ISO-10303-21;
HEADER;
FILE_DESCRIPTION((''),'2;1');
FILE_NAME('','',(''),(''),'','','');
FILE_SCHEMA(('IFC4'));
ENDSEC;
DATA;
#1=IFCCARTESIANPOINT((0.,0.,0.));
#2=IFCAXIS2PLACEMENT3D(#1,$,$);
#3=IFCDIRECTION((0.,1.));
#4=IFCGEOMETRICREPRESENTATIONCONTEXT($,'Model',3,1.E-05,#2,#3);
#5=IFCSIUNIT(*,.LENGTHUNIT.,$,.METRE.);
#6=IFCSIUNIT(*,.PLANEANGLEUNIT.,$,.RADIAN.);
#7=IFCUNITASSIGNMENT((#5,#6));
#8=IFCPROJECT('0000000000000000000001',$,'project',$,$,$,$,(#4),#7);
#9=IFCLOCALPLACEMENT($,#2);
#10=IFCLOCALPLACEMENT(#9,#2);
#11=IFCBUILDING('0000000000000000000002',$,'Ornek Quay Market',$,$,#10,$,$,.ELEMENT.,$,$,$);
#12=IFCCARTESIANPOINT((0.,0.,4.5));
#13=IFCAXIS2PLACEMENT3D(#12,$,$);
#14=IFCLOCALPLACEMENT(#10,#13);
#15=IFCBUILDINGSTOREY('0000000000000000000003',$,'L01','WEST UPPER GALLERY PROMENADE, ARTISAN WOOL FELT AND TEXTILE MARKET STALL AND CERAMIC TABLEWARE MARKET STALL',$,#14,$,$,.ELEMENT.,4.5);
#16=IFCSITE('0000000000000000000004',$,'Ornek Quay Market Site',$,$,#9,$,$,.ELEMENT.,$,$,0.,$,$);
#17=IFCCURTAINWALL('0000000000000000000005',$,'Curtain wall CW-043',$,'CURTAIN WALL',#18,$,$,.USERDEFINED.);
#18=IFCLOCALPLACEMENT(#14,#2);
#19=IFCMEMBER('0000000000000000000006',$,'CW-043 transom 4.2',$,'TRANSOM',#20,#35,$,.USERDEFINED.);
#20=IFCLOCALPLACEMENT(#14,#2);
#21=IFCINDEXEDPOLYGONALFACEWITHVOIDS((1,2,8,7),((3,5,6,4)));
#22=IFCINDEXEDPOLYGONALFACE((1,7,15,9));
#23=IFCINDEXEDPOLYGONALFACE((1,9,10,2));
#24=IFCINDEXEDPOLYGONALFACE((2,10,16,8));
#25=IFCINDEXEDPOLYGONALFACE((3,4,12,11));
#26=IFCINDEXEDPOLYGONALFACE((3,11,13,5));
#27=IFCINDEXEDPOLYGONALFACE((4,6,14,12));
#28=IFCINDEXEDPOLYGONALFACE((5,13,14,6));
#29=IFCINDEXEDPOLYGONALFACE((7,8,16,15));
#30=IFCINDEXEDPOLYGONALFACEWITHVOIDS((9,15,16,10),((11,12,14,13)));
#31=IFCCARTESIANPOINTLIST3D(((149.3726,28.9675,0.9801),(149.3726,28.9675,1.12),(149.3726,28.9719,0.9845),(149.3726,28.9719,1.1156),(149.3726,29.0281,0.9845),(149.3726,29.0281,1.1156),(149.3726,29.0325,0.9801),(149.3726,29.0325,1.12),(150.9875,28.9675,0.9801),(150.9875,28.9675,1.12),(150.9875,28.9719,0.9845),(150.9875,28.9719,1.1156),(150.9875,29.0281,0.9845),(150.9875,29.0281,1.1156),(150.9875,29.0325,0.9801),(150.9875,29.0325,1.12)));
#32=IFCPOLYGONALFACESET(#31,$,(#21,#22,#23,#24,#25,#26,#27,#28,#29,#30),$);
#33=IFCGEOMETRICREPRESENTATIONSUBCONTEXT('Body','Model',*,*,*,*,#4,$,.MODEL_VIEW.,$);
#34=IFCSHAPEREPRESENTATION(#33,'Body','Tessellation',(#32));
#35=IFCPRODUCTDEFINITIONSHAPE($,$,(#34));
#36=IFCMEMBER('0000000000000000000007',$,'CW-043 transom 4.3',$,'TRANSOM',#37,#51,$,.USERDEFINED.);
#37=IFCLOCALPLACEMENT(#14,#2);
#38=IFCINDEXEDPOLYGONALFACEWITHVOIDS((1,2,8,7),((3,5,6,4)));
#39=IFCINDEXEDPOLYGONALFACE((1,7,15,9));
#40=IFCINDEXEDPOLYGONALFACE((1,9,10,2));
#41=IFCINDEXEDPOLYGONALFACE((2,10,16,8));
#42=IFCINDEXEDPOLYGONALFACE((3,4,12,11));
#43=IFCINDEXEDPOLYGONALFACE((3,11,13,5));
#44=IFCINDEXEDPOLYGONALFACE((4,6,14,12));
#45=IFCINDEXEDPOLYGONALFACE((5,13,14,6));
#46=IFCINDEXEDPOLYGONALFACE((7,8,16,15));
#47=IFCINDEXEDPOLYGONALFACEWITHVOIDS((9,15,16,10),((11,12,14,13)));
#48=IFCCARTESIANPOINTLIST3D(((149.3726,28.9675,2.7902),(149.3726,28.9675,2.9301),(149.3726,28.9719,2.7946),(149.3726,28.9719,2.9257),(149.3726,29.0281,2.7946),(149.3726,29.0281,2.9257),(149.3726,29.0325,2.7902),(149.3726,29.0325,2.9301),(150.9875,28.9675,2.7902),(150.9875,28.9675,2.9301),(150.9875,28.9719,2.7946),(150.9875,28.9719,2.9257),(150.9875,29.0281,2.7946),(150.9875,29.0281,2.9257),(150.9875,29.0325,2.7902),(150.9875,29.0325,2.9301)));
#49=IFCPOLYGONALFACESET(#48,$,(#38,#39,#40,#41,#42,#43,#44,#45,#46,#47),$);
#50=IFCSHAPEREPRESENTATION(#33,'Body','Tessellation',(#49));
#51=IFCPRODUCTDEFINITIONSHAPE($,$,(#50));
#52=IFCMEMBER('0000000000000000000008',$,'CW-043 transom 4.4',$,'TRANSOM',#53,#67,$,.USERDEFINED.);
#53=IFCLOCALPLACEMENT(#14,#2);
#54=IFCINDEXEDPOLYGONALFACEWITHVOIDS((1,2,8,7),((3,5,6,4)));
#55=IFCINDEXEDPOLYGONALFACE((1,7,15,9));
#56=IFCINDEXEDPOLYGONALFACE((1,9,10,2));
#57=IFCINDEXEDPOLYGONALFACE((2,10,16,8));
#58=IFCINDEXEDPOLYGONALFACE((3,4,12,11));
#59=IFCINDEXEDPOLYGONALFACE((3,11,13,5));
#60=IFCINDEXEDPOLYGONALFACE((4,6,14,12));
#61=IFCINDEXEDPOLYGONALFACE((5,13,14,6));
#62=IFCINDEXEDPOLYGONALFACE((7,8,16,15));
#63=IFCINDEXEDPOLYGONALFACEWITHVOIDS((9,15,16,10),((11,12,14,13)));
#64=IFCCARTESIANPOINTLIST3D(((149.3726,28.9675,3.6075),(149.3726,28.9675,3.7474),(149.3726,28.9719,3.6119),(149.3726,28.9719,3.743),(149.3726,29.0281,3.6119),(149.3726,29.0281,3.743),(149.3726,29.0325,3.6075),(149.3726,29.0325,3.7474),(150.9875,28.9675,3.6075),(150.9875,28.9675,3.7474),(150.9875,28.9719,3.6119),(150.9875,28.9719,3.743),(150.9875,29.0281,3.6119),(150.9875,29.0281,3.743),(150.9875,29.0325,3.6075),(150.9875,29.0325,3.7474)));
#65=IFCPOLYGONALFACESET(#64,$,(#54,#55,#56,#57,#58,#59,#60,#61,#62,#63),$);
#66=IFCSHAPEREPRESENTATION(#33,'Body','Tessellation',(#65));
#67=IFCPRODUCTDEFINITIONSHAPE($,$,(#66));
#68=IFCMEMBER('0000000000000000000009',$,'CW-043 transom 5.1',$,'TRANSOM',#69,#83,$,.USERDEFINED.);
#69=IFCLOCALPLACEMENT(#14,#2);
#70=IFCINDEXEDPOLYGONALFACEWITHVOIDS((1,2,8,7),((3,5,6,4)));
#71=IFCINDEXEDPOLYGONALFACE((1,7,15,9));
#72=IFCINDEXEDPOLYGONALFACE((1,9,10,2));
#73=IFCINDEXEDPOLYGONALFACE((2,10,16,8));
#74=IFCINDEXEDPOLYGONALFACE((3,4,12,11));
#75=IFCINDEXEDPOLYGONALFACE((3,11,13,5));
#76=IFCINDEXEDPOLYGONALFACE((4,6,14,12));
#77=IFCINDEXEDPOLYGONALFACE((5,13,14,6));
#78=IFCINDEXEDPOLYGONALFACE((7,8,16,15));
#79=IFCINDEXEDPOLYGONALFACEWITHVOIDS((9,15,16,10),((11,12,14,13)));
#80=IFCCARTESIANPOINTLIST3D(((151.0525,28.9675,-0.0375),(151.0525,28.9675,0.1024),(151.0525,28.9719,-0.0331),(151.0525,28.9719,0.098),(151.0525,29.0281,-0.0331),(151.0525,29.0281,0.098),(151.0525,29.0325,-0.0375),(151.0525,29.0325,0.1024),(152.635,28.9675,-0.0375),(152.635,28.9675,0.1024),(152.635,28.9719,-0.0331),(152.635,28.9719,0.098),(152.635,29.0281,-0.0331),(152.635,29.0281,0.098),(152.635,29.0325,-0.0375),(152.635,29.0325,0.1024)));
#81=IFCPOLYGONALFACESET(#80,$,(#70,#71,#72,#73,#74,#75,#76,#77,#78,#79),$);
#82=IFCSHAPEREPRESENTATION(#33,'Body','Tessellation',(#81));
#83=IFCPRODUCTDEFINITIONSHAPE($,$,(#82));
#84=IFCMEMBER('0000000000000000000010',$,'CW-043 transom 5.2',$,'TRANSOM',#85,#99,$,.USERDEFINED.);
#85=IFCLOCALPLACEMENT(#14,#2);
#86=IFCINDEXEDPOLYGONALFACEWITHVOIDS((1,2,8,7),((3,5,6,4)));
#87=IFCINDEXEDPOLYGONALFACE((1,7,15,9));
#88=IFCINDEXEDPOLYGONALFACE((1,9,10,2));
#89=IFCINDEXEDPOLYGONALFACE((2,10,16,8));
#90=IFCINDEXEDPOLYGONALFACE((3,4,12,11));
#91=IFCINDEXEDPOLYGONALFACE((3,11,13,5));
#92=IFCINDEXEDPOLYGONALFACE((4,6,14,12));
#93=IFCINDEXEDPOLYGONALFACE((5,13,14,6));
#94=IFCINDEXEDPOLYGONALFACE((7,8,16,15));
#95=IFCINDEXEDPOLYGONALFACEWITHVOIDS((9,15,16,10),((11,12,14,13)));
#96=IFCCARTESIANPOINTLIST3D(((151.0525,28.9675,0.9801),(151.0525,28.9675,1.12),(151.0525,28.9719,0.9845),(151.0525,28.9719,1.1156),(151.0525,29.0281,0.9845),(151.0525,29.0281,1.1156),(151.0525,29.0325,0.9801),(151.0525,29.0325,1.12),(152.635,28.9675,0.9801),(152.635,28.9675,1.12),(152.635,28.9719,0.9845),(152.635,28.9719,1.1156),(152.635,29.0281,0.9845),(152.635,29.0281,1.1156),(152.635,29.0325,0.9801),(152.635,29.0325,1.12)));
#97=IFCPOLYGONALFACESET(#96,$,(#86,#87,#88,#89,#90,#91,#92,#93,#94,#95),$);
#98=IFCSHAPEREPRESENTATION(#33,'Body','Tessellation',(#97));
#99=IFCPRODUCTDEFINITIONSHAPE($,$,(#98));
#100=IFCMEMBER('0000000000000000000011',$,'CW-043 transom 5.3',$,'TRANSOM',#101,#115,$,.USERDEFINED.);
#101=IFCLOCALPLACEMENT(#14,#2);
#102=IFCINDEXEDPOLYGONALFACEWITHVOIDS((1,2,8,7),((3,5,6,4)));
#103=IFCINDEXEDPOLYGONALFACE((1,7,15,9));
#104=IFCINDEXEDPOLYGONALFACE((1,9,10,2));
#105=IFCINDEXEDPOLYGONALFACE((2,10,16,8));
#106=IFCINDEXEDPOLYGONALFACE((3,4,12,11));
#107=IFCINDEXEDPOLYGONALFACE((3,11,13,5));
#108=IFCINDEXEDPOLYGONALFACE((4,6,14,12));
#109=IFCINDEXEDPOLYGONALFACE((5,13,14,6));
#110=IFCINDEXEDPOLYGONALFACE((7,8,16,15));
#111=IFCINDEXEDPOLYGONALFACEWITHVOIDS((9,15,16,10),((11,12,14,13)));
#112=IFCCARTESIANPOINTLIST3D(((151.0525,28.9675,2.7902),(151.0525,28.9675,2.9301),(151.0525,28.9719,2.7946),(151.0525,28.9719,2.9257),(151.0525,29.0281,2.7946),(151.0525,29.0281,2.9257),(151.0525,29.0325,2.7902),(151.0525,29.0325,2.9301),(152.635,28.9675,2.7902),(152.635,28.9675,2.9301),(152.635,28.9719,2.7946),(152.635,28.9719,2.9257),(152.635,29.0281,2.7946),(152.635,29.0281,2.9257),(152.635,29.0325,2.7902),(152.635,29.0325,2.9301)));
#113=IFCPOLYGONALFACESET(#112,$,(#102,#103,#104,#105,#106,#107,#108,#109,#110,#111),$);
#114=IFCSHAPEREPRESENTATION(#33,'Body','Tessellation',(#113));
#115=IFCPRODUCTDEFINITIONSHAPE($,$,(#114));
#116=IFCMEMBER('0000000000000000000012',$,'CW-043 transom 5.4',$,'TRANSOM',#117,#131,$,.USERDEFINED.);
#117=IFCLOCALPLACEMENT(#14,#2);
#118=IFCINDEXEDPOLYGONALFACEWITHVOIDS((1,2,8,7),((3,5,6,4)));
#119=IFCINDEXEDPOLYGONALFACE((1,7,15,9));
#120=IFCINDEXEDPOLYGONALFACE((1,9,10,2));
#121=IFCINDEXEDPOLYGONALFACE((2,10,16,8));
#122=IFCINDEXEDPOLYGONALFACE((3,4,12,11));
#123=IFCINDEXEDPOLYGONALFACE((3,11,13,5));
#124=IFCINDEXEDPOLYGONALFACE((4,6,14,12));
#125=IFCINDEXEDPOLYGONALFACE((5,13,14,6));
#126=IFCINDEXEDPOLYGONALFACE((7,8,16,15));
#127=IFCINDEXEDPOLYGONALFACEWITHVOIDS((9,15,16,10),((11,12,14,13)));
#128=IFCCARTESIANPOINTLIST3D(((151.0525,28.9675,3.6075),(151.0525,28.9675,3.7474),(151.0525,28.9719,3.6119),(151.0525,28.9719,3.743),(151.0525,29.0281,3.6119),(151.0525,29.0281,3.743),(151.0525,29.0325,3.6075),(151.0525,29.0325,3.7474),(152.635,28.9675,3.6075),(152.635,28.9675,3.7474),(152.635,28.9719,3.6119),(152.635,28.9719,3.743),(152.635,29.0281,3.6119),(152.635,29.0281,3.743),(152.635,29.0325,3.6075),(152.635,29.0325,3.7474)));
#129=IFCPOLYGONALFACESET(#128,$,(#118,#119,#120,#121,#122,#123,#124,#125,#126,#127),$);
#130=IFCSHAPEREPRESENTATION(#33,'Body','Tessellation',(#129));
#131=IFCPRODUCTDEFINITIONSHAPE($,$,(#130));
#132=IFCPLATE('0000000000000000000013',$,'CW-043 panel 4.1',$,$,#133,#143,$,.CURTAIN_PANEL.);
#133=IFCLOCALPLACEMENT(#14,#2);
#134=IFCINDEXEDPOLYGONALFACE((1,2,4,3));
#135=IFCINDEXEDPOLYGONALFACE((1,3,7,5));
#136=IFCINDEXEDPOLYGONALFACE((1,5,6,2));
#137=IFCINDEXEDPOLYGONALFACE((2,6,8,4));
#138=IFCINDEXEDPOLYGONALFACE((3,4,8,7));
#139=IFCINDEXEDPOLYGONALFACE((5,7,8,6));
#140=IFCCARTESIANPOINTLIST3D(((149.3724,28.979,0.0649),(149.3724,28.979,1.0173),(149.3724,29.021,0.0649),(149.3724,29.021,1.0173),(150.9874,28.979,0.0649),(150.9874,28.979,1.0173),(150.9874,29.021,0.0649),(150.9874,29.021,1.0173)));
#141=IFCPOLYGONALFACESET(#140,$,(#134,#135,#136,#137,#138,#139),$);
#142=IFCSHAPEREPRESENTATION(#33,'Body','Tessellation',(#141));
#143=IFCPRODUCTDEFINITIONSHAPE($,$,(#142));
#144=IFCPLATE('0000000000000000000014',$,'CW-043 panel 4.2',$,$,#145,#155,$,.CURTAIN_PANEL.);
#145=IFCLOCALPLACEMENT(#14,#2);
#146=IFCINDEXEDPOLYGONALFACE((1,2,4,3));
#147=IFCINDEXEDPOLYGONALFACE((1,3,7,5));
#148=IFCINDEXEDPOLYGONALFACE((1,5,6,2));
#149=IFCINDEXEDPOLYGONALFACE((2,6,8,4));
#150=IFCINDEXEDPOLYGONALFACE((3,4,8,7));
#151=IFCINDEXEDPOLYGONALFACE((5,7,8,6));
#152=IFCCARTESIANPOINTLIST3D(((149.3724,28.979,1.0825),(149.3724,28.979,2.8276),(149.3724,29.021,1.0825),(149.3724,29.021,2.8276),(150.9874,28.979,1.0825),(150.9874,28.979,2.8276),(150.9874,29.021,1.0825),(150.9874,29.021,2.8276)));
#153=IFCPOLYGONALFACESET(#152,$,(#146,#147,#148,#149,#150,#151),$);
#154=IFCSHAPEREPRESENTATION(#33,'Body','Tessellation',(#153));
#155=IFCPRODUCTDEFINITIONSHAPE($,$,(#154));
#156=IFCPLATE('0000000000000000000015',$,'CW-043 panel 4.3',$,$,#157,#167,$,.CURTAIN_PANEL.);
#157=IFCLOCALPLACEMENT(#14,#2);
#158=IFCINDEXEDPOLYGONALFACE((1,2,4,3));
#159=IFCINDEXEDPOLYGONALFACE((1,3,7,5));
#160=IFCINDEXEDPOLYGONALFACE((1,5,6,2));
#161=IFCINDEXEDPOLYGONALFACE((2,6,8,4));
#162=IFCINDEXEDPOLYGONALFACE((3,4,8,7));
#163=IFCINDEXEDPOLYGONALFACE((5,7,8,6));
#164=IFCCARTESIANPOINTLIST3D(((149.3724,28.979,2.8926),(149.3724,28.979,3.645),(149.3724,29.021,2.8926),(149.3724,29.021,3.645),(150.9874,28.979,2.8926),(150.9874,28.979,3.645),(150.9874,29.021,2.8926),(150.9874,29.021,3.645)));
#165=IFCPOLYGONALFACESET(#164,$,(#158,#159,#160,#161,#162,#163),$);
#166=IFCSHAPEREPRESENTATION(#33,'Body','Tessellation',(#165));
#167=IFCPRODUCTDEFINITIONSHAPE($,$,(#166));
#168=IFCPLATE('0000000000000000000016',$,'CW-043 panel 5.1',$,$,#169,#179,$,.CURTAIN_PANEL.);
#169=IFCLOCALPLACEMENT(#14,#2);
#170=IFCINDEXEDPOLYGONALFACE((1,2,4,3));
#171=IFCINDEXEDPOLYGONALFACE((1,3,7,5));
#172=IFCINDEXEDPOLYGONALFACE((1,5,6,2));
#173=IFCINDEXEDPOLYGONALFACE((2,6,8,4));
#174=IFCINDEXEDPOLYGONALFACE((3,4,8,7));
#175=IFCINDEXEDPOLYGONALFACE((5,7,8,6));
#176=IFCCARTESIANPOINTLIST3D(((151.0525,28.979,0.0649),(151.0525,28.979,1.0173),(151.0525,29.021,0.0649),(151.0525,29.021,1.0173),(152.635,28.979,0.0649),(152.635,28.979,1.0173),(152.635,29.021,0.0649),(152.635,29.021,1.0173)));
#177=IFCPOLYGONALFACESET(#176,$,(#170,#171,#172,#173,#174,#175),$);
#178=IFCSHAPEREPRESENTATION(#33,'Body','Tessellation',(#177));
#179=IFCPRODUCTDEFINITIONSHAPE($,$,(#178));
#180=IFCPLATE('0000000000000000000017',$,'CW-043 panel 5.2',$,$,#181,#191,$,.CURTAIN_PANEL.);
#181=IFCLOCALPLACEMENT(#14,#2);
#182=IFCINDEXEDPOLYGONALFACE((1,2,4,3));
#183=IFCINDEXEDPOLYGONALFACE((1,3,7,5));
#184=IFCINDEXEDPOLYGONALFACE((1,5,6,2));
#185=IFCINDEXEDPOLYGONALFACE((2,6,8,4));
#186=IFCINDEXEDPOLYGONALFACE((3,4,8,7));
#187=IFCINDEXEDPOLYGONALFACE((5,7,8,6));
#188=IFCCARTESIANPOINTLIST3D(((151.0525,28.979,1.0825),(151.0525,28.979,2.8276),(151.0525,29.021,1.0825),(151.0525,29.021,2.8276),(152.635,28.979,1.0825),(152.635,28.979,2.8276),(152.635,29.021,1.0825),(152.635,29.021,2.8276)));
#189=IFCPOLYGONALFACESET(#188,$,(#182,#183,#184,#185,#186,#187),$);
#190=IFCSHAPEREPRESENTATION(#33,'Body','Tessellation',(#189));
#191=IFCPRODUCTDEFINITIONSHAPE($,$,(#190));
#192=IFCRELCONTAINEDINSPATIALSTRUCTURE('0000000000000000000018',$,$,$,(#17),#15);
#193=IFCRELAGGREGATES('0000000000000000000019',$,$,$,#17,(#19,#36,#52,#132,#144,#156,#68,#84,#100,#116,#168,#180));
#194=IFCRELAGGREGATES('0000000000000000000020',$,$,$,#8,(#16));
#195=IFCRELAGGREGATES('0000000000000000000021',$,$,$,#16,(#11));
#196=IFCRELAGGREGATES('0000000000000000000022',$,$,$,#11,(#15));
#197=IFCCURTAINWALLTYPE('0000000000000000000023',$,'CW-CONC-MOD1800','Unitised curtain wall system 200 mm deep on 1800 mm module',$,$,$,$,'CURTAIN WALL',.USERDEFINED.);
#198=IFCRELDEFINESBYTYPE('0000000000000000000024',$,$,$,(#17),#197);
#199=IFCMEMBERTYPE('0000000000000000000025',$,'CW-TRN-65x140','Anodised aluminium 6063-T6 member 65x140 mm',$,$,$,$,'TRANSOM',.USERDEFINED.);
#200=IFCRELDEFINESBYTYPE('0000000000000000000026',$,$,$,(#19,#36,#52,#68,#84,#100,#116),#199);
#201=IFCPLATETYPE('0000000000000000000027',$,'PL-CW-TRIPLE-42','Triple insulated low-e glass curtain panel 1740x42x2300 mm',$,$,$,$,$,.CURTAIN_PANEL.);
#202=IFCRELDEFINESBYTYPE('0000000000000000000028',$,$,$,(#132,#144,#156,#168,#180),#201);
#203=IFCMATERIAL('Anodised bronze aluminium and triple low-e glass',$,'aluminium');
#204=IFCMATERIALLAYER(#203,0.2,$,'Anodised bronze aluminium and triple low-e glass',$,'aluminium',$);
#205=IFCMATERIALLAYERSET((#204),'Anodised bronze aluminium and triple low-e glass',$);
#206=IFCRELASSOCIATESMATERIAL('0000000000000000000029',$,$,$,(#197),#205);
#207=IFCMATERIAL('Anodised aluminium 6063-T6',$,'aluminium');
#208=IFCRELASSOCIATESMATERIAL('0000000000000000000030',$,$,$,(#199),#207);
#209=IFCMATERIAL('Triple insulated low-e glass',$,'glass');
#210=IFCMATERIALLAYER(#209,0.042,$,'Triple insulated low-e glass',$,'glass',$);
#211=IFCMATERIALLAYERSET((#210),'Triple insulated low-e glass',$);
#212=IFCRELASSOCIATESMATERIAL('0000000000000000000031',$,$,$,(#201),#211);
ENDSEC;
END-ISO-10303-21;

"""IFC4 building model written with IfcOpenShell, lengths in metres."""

from ifc_helpers import new_model, si_unit, direction, frame, origin, origin_2d, place, context, subcontext, project, spatial, rectangle, hollow_rectangle, extrude, material, layer, layer_set, material_profile, profile_set, type_object, element, aggregate, save


model = new_model("IFC4")

# Units and contexts
model_context = context("Model", 3, precision=1e-05, world=origin(), true_north=direction((0.0, 1.0)))
body_context = subcontext(model_context, "Body", "Model", "MODEL_VIEW")
ifc_project = project(units=[si_unit("LENGTHUNIT", "METRE"), si_unit("PLANEANGLEUNIT", "RADIAN")], contexts=[model_context])

# Site, building, storey
site_placement = place(None, origin())
site = spatial("IfcSite", under=ifc_project, at=site_placement, Name="Ornek Quay Market Site", CompositionType="ELEMENT", RefElevation=0.0)
building_placement = place(site_placement, origin())
building = spatial("IfcBuilding", under=site, at=building_placement, Name="Ornek Quay Market", CompositionType="ELEMENT")
storey_placement = place(building_placement, frame((0.0, 0.0, 4.5)))
storey = spatial("IfcBuildingStorey", under=building, at=storey_placement, Name="L01", Description="WEST UPPER GALLERY PROMENADE, ARTISAN WOOL FELT AND TEXTILE MARKET STALL AND CERAMIC TABLEWARE MARKET STALL", CompositionType="ELEMENT", Elevation=4.5)

# Shared definitions
ifc_material_1 = material(Name="Anodised bronze aluminium and triple low-e glass", Category="aluminium")
ifc_material_2 = material(Name="Anodised aluminium 6063-T6", Category="aluminium")

# Curtain wall, members, plates
ifc_layer_1 = layer(ifc_material_1, 0.2, Name="Anodised bronze aluminium and triple low-e glass", Category="aluminium")
ifc_layer_set_1 = layer_set([ifc_layer_1], Name="Anodised bronze aluminium and triple low-e glass")
curtain_wall_type_1 = type_object("IfcCurtainWallType", Name="CW-CONC-MOD1800", Description="Unitised curtain wall system 200 mm deep on 1800 mm module", ElementType="CURTAIN WALL", PredefinedType="USERDEFINED", material=ifc_layer_set_1)
curtain_wall_1_placement = place(storey_placement, origin())
curtain_wall_1 = element("IfcCurtainWall", 1, at=curtain_wall_1_placement, inside=storey, type_object=curtain_wall_type_1, Name="Curtain wall CW-043", ObjectType="CURTAIN WALL", PredefinedType="USERDEFINED")
ifc_material_profile_1 = material_profile(ifc_material_2, hollow_rectangle(XDim=0.0649, YDim=0.1399, WallThickness=0.0044, at=origin_2d()), Name="CW-TRN-65x140", Category="aluminium")
ifc_profile_set_1 = profile_set([ifc_material_profile_1], Name="Anodised aluminium 6063-T6")
member_type_1 = type_object("IfcMemberType", Name="CW-TRN-65x140", Description="Anodised aluminium 6063-T6 member 65x140 mm", ElementType="TRANSOM", PredefinedType="USERDEFINED", material=ifc_profile_set_1)
member_1_placement = place(storey_placement, frame((149.3726, 29.0, 1.05), z_axis=(1.0, 0.0, 0.0), x_axis=(0.0, 1.0, 0.0)))
member_1 = element("IfcMember", 2, at=member_1_placement, type_object=member_type_1, Name="CW-043 transom 4.2", ObjectType="TRANSOM", PredefinedType="USERDEFINED", context=body_context, shape_type="SweptSolid", body=[
    extrude(hollow_rectangle(XDim=0.0649, YDim=0.1399, WallThickness=0.0044, at=origin_2d()), origin(), (0.0, 0.0, 1.0), 1.615),
])
member_2_placement = place(storey_placement, frame((149.3726, 29.0, 2.8601), z_axis=(1.0, 0.0, 0.0), x_axis=(0.0, 1.0, 0.0)))
member_2 = element("IfcMember", 3, at=member_2_placement, type_object=member_type_1, Name="CW-043 transom 4.3", ObjectType="TRANSOM", PredefinedType="USERDEFINED", context=body_context, shape_type="SweptSolid", body=[
    extrude(hollow_rectangle(XDim=0.0649, YDim=0.1399, WallThickness=0.0044, at=origin_2d()), origin(), (0.0, 0.0, 1.0), 1.615),
])
member_3_placement = place(storey_placement, frame((149.3726, 29.0, 3.6775), z_axis=(1.0, 0.0, 0.0), x_axis=(0.0, 1.0, 0.0)))
member_3 = element("IfcMember", 4, at=member_3_placement, type_object=member_type_1, Name="CW-043 transom 4.4", ObjectType="TRANSOM", PredefinedType="USERDEFINED", context=body_context, shape_type="SweptSolid", body=[
    extrude(hollow_rectangle(XDim=0.0649, YDim=0.1399, WallThickness=0.0044, at=origin_2d()), origin(), (0.0, 0.0, 1.0), 1.615),
])
member_4_placement = place(storey_placement, frame((151.0525, 29.0, 0.0325), z_axis=(1.0, 0.0, 0.0), x_axis=(0.0, 1.0, 0.0)))
member_4 = element("IfcMember", 5, at=member_4_placement, type_object=member_type_1, Name="CW-043 transom 5.1", ObjectType="TRANSOM", PredefinedType="USERDEFINED", context=body_context, shape_type="SweptSolid", body=[
    extrude(hollow_rectangle(XDim=0.0649, YDim=0.1399, WallThickness=0.0044, at=origin_2d()), origin(), (0.0, 0.0, 1.0), 1.5825),
])
member_5_placement = place(storey_placement, frame((151.0525, 29.0, 1.05), z_axis=(1.0, 0.0, 0.0), x_axis=(0.0, 1.0, 0.0)))
member_5 = element("IfcMember", 6, at=member_5_placement, type_object=member_type_1, Name="CW-043 transom 5.2", ObjectType="TRANSOM", PredefinedType="USERDEFINED", context=body_context, shape_type="SweptSolid", body=[
    extrude(hollow_rectangle(XDim=0.0649, YDim=0.1399, WallThickness=0.0044, at=origin_2d()), origin(), (0.0, 0.0, 1.0), 1.5825),
])
member_6_placement = place(storey_placement, frame((151.0525, 29.0, 2.8601), z_axis=(1.0, 0.0, 0.0), x_axis=(0.0, 1.0, 0.0)))
member_6 = element("IfcMember", 7, at=member_6_placement, type_object=member_type_1, Name="CW-043 transom 5.3", ObjectType="TRANSOM", PredefinedType="USERDEFINED", context=body_context, shape_type="SweptSolid", body=[
    extrude(hollow_rectangle(XDim=0.0649, YDim=0.1399, WallThickness=0.0044, at=origin_2d()), origin(), (0.0, 0.0, 1.0), 1.5825),
])
member_7_placement = place(storey_placement, frame((151.0525, 29.0, 3.6775), z_axis=(1.0, 0.0, 0.0), x_axis=(0.0, 1.0, 0.0)))
member_7 = element("IfcMember", 8, at=member_7_placement, type_object=member_type_1, Name="CW-043 transom 5.4", ObjectType="TRANSOM", PredefinedType="USERDEFINED", context=body_context, shape_type="SweptSolid", body=[
    extrude(hollow_rectangle(XDim=0.0649, YDim=0.1399, WallThickness=0.0044, at=origin_2d()), origin(), (0.0, 0.0, 1.0), 1.5825),
])
ifc_material_3 = material(Name="Triple insulated low-e glass", Category="glass")
ifc_layer_2 = layer(ifc_material_3, 0.042, Name="Triple insulated low-e glass", Category="glass")
ifc_layer_set_2 = layer_set([ifc_layer_2], Name="Triple insulated low-e glass")
plate_type = type_object("IfcPlateType", Name="PL-CW-TRIPLE-42", Description="Triple insulated low-e glass curtain panel 1740x42x2300 mm", PredefinedType="CURTAIN_PANEL", material=ifc_layer_set_2)
plate_1_placement = place(storey_placement, frame((150.1799, 29.0, 0.0649), z_axis=(0.0, 0.0, 1.0), x_axis=(1.0, 0.0, 0.0)))
plate_1 = element("IfcPlate", 9, at=plate_1_placement, type_object=plate_type, Name="CW-043 panel 4.1", PredefinedType="CURTAIN_PANEL", context=body_context, shape_type="SweptSolid", body=[
    extrude(rectangle(XDim=1.615, YDim=0.042, at=origin_2d()), origin(), (0.0, 0.0, 1.0), 0.9524),
])
plate_2_placement = place(storey_placement, frame((150.1799, 29.0, 1.0825), z_axis=(0.0, 0.0, 1.0), x_axis=(1.0, 0.0, 0.0)))
plate_2 = element("IfcPlate", 10, at=plate_2_placement, type_object=plate_type, Name="CW-043 panel 4.2", PredefinedType="CURTAIN_PANEL", context=body_context, shape_type="SweptSolid", body=[
    extrude(rectangle(XDim=1.615, YDim=0.042, at=origin_2d()), origin(), (0.0, 0.0, 1.0), 1.7451),
])
plate_3_placement = place(storey_placement, frame((150.1799, 29.0, 2.8926), z_axis=(0.0, 0.0, 1.0), x_axis=(1.0, 0.0, 0.0)))
plate_3 = element("IfcPlate", 11, at=plate_3_placement, type_object=plate_type, Name="CW-043 panel 4.3", PredefinedType="CURTAIN_PANEL", context=body_context, shape_type="SweptSolid", body=[
    extrude(rectangle(XDim=1.615, YDim=0.042, at=origin_2d()), origin(), (0.0, 0.0, 1.0), 0.7524),
])
plate_4_placement = place(storey_placement, frame((151.8438, 29.0, 0.0649), z_axis=(0.0, 0.0, 1.0), x_axis=(1.0, 0.0, 0.0)))
plate_4 = element("IfcPlate", 12, at=plate_4_placement, type_object=plate_type, Name="CW-043 panel 5.1", PredefinedType="CURTAIN_PANEL", context=body_context, shape_type="SweptSolid", body=[
    extrude(rectangle(XDim=1.5825, YDim=0.042, at=origin_2d()), origin(), (0.0, 0.0, 1.0), 0.9524),
])
plate_5_placement = place(storey_placement, frame((151.8438, 29.0, 1.0825), z_axis=(0.0, 0.0, 1.0), x_axis=(1.0, 0.0, 0.0)))
plate_5 = element("IfcPlate", 13, at=plate_5_placement, type_object=plate_type, Name="CW-043 panel 5.2", PredefinedType="CURTAIN_PANEL", context=body_context, shape_type="SweptSolid", body=[
    extrude(rectangle(XDim=1.5825, YDim=0.042, at=origin_2d()), origin(), (0.0, 0.0, 1.0), 1.7451),
])
aggregate(curtain_wall_1, [member_1, member_2, member_3, plate_1, plate_2, plate_3, member_4, member_5, member_6, member_7, plate_4, plate_5])

save(model, "model.ifc")
